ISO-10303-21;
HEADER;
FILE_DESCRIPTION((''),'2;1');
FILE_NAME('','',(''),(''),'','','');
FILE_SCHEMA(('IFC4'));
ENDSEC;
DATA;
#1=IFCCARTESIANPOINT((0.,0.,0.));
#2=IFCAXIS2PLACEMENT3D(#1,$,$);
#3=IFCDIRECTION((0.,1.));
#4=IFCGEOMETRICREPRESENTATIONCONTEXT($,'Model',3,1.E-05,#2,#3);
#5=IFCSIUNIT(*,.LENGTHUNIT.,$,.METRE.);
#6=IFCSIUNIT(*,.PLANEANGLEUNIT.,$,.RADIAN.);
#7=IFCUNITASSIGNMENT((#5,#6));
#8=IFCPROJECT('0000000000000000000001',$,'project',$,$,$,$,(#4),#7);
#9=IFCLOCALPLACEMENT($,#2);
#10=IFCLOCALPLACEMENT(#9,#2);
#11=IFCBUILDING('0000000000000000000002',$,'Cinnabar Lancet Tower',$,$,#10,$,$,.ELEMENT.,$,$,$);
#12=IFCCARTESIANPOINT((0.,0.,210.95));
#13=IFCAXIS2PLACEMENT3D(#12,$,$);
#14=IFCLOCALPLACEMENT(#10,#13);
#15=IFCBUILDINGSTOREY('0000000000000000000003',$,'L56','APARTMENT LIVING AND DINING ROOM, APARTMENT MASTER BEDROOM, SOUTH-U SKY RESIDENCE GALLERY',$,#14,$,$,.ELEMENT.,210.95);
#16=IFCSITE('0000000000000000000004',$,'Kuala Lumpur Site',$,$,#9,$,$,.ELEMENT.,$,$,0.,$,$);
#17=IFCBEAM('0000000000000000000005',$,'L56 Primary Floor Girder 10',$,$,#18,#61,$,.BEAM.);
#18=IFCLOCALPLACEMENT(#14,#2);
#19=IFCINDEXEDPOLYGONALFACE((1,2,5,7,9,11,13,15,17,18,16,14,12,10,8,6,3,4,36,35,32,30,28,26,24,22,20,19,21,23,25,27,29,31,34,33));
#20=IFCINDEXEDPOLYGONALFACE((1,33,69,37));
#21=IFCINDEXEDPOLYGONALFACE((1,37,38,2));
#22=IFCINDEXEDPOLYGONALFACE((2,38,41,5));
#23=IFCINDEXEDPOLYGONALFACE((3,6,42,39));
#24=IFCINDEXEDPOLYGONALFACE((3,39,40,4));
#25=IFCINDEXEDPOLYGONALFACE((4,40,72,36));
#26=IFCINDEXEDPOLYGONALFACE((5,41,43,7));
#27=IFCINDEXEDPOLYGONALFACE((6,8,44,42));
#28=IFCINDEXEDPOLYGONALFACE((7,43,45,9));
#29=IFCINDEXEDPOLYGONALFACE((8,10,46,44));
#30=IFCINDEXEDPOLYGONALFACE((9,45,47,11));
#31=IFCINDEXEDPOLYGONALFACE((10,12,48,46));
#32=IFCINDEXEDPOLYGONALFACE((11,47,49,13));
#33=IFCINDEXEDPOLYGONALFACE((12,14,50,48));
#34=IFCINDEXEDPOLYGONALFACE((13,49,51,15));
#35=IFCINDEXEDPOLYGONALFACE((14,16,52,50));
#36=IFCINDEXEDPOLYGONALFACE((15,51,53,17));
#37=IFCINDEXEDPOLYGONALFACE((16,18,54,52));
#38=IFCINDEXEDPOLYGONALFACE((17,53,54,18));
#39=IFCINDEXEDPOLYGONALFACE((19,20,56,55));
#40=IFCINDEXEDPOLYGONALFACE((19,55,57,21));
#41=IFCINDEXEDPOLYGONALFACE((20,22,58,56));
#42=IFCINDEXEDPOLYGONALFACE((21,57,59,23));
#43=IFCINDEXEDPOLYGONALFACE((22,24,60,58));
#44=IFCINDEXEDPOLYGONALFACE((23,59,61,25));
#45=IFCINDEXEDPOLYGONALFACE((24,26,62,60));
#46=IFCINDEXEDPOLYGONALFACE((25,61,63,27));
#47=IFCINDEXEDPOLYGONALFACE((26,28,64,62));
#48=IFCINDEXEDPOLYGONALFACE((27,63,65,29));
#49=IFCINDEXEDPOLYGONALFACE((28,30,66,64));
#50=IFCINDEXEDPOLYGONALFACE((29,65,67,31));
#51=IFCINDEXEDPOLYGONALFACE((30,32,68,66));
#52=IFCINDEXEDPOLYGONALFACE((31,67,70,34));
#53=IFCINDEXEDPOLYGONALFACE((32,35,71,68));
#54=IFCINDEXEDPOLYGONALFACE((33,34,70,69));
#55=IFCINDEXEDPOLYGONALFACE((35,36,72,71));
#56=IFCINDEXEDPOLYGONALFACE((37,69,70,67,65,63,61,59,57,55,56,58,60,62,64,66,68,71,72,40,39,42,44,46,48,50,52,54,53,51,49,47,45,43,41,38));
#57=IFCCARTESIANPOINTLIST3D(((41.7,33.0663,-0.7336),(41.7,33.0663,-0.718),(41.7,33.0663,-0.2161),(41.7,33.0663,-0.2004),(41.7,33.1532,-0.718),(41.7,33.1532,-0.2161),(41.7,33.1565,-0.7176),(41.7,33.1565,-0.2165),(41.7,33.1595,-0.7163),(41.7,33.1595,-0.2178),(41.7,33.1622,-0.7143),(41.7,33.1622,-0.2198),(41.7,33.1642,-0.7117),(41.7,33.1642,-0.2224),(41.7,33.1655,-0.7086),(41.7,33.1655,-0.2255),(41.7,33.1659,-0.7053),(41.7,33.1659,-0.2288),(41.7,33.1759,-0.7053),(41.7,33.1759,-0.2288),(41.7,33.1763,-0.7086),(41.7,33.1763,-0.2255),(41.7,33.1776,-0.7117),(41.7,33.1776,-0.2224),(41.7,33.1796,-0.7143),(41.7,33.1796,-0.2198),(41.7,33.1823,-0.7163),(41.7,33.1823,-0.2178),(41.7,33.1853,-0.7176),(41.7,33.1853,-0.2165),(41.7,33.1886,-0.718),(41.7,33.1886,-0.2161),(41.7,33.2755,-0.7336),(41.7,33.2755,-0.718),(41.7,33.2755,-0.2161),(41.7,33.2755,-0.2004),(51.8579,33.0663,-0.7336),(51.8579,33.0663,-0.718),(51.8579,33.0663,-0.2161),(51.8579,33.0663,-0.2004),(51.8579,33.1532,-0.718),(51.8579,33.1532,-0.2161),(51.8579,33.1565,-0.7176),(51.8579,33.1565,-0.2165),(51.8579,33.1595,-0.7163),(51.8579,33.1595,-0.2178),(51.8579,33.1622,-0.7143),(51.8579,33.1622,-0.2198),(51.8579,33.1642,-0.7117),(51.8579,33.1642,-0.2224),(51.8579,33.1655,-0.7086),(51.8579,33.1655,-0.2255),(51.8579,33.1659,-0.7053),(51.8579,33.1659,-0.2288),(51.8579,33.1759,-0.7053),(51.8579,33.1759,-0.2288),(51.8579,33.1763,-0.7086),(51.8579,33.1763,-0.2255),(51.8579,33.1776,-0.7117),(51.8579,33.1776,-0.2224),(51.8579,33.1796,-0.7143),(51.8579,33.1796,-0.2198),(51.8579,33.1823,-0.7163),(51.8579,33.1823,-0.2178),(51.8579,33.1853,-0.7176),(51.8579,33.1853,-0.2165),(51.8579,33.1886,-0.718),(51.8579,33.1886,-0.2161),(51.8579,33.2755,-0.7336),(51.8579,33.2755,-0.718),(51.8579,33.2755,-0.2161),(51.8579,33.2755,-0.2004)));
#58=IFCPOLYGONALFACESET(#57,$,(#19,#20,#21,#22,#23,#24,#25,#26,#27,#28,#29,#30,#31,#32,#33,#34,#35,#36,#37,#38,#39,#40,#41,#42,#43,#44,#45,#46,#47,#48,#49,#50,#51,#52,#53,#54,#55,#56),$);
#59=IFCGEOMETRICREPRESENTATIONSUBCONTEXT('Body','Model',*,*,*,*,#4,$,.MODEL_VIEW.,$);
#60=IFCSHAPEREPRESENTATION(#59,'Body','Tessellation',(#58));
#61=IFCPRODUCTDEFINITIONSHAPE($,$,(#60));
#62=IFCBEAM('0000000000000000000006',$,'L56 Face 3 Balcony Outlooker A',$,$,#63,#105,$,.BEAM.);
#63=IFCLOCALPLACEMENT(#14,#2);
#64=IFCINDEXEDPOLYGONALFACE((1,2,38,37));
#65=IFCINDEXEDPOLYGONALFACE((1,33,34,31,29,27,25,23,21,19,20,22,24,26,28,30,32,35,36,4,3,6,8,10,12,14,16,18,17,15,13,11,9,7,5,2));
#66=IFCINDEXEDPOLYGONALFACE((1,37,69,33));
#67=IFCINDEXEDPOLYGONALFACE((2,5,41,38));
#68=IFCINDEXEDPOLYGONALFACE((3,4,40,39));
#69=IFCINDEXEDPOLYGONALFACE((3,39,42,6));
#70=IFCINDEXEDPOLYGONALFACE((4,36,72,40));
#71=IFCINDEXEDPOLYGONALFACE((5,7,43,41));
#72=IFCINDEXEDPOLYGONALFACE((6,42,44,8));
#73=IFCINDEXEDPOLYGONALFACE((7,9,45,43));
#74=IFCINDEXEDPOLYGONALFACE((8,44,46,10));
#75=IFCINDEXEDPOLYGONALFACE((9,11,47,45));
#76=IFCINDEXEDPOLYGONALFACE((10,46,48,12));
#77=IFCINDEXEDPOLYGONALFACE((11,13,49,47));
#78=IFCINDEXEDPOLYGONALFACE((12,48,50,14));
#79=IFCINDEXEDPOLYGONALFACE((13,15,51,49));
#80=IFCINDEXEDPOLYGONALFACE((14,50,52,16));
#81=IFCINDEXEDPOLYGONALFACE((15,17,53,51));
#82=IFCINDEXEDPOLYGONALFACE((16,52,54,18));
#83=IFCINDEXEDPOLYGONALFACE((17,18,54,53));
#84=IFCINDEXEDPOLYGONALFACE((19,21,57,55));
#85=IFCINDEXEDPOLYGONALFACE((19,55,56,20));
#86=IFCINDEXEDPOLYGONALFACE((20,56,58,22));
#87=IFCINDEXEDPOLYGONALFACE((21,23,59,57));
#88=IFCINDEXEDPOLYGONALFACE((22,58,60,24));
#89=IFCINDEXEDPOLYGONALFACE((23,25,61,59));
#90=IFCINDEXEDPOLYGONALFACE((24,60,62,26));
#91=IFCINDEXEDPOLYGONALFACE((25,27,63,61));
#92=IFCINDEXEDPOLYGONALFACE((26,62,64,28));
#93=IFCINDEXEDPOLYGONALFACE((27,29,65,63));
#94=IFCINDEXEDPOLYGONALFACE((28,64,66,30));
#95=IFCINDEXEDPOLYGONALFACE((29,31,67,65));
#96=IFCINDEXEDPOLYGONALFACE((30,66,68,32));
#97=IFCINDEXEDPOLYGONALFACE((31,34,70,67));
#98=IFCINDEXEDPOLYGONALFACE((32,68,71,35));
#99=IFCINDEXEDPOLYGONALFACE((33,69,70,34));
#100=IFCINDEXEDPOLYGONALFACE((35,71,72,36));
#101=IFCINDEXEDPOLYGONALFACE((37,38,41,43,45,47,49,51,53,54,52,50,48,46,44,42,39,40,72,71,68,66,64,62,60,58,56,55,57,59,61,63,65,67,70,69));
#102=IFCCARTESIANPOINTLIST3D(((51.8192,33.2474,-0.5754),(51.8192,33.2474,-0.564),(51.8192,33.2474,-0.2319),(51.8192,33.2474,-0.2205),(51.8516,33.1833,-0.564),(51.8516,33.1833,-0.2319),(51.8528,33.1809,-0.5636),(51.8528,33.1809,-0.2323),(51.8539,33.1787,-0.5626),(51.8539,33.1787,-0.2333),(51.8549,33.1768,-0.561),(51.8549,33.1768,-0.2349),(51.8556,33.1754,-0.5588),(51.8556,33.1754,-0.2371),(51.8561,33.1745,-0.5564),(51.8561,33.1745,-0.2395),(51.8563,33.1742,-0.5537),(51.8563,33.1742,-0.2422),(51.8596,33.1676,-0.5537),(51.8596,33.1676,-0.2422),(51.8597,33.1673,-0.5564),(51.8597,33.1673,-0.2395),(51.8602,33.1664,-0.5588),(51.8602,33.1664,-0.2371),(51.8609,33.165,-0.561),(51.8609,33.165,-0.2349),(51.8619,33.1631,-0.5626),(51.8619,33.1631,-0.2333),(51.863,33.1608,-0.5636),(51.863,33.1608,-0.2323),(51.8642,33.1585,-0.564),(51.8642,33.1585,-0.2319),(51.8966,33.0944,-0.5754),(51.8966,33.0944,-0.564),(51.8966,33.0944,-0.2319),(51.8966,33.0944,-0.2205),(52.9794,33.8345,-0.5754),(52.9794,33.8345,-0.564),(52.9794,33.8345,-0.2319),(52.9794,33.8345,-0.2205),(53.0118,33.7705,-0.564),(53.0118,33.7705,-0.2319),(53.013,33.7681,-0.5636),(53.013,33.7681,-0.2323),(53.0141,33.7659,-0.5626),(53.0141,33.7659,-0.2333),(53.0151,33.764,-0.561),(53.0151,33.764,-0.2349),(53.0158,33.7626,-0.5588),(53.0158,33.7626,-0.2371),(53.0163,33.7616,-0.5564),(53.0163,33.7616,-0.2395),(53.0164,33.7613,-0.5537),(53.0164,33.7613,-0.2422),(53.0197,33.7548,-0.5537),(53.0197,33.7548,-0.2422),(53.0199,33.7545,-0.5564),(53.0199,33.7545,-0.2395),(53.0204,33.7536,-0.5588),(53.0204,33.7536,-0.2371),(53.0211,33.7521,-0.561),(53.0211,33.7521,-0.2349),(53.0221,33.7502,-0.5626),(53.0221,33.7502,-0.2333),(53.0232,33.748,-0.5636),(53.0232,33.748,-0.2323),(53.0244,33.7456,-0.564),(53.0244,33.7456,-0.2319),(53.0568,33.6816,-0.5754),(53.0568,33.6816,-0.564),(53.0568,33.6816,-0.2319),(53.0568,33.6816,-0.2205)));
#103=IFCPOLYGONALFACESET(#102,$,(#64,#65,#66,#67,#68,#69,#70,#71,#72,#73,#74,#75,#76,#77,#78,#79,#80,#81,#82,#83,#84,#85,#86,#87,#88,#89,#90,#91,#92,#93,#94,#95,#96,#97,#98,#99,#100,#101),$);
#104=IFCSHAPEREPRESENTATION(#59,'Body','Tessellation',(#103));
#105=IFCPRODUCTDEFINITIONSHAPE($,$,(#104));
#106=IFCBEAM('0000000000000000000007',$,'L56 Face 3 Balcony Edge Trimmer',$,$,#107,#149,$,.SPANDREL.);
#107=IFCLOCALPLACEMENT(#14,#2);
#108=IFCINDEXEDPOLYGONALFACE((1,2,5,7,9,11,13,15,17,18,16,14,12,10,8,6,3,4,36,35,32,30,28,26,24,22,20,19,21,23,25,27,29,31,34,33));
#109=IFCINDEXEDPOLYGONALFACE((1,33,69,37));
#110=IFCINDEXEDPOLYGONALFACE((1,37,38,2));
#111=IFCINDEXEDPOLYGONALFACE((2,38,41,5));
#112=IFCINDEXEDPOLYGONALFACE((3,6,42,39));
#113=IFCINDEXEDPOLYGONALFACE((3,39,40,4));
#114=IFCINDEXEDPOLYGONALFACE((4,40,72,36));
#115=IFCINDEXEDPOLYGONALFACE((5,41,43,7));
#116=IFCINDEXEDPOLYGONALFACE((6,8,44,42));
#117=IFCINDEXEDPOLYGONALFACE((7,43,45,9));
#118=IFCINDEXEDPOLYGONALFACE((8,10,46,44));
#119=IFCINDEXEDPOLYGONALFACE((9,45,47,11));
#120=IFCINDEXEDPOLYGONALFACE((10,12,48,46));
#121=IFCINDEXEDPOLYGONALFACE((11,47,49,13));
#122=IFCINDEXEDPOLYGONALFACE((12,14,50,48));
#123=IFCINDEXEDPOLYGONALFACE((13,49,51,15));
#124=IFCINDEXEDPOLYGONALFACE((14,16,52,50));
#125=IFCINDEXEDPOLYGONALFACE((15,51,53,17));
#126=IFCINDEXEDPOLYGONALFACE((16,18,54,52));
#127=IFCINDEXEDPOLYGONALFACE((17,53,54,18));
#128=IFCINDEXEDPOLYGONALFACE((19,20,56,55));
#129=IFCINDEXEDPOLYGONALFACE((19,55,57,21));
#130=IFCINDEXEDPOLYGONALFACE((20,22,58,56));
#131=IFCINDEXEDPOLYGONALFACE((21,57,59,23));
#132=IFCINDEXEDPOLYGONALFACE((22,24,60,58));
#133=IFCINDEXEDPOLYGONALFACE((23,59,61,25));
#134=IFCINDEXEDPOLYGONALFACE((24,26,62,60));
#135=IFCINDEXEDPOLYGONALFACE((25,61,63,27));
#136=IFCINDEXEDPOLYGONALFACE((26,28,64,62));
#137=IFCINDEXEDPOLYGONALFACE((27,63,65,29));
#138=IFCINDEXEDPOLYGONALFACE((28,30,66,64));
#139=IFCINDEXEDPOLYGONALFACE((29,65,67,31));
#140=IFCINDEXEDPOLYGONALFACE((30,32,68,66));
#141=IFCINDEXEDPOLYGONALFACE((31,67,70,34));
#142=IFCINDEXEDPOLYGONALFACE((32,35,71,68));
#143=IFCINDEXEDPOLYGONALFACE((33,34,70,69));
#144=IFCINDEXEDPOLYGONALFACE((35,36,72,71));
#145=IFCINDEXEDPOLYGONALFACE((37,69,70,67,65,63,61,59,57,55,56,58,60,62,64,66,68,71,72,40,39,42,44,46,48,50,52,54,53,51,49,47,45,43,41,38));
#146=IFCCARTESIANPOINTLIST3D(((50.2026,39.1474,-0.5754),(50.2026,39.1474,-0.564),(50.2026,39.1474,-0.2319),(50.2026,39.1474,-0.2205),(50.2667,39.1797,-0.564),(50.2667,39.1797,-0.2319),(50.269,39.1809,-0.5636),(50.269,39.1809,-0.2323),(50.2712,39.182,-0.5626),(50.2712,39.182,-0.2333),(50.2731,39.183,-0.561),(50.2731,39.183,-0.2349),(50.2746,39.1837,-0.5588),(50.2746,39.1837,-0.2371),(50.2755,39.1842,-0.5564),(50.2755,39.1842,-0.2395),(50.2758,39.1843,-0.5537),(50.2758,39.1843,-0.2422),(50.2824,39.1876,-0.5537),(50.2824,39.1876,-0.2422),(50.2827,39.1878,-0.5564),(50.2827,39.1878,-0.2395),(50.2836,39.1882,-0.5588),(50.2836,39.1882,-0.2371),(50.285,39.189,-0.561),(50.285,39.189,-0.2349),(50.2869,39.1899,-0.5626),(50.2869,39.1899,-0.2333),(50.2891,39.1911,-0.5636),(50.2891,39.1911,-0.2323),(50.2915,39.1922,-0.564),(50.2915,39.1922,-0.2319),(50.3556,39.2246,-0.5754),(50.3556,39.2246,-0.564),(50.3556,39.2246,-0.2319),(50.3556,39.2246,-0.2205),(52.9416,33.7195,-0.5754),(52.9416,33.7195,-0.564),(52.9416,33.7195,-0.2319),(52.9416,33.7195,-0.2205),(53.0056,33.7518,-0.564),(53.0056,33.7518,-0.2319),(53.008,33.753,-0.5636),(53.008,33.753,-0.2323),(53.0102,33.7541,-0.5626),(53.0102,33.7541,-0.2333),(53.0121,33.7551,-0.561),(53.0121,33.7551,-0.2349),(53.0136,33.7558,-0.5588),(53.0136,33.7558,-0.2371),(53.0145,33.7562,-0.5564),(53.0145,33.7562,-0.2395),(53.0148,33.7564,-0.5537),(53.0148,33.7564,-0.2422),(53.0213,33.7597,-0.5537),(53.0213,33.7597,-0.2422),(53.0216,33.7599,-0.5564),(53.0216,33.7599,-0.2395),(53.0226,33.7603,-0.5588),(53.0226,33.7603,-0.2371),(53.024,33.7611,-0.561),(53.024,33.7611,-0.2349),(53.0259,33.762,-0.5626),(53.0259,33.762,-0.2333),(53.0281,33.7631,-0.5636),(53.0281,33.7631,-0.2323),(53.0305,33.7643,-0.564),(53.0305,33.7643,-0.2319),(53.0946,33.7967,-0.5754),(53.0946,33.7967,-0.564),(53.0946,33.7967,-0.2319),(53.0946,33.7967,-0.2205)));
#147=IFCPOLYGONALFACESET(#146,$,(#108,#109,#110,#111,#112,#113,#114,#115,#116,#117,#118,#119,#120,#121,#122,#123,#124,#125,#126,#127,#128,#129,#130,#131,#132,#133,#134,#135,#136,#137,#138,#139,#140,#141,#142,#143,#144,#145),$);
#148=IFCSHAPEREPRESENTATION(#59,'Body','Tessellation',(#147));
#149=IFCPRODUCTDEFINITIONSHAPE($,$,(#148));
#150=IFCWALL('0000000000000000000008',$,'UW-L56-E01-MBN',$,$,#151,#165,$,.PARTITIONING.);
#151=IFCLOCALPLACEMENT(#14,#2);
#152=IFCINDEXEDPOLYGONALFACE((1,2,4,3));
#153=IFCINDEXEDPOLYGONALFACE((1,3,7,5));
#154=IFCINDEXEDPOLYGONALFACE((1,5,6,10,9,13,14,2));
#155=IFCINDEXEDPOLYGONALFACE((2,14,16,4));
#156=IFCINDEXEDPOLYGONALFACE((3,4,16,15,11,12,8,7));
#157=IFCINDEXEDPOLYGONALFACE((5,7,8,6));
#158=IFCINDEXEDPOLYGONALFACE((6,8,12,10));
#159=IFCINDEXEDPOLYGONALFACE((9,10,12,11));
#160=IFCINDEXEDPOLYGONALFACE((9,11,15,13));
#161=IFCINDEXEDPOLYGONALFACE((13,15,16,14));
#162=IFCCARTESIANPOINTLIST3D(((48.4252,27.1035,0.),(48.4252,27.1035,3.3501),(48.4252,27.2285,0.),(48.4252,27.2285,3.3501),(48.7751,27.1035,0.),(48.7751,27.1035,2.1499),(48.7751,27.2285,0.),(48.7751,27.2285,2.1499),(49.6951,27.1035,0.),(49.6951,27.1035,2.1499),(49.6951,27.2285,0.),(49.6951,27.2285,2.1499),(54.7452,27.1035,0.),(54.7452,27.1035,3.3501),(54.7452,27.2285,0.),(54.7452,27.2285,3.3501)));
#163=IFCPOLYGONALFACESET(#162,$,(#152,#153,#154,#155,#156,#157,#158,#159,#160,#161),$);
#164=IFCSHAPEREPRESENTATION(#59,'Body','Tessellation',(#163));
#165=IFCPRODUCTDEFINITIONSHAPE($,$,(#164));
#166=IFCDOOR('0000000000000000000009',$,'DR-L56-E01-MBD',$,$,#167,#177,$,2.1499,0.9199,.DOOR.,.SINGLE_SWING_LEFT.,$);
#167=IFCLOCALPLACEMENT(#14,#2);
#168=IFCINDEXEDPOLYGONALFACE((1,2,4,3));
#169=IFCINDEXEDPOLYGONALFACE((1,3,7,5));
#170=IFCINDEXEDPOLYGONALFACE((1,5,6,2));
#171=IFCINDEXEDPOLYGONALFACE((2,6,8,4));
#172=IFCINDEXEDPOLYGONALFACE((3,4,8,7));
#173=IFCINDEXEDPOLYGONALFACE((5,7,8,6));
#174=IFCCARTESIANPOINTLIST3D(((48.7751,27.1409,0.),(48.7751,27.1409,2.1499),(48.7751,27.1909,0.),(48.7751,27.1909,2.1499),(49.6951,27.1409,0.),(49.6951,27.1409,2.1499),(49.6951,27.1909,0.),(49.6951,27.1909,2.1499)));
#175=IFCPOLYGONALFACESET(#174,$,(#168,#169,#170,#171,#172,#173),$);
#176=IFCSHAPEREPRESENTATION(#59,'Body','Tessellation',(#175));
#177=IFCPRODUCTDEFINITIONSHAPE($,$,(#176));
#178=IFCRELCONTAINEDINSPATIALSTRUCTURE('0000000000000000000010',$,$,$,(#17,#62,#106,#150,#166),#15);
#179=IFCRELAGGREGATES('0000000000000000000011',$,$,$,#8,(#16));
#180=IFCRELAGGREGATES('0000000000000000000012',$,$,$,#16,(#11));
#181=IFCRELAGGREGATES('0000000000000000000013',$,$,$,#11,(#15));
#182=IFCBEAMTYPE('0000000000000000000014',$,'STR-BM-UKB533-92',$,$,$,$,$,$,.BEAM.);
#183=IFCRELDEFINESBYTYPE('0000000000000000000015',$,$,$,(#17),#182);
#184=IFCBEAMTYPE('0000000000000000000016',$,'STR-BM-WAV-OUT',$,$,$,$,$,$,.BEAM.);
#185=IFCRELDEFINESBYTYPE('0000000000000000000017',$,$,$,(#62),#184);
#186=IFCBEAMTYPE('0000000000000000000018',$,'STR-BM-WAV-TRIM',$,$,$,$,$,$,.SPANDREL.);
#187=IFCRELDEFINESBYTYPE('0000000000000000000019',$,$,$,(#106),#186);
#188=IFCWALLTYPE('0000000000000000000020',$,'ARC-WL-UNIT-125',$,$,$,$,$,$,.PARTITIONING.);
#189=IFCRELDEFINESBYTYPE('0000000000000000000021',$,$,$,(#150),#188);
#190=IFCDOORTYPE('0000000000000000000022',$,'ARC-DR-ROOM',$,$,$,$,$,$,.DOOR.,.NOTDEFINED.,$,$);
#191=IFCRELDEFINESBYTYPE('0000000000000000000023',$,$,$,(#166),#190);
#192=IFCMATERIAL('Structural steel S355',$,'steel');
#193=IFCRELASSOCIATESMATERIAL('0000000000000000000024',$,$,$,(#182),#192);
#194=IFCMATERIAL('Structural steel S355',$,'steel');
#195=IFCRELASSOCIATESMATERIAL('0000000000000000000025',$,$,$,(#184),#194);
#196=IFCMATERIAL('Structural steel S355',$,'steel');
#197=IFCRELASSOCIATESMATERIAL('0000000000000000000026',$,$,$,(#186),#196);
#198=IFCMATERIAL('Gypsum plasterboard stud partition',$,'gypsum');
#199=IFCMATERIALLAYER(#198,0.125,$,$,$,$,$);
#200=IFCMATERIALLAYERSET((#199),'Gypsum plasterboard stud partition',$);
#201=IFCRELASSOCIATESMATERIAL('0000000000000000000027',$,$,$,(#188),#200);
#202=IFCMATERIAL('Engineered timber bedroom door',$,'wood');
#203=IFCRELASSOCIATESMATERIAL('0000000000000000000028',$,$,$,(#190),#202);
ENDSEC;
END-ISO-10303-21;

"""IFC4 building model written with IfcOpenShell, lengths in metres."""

from ifc_helpers import new_model, si_unit, direction, frame, frame_2d, origin, origin_2d, place, context, subcontext, project, spatial, rectangle, i_section, extrude, material, layer, layer_set, material_profile, profile_set, type_object, element, fill, save


model = new_model("IFC4")

# Units and contexts
model_context = context("Model", 3, precision=1e-05, world=origin(), true_north=direction((0.0, 1.0)))
body_context = subcontext(model_context, "Body", "Model", "MODEL_VIEW")
ifc_project = project(units=[si_unit("LENGTHUNIT", "METRE"), si_unit("PLANEANGLEUNIT", "RADIAN")], contexts=[model_context])

# Site, building, storey
site_placement = place(None, origin())
site = spatial("IfcSite", under=ifc_project, at=site_placement, Name="Kuala Lumpur Site", CompositionType="ELEMENT", RefElevation=0.0)
building_placement = place(site_placement, origin())
building = spatial("IfcBuilding", under=site, at=building_placement, Name="Cinnabar Lancet Tower", CompositionType="ELEMENT")
storey_placement = place(building_placement, frame((0.0, 0.0, 210.95)))
storey = spatial("IfcBuildingStorey", under=building, at=storey_placement, Name="L56", Description="APARTMENT LIVING AND DINING ROOM, APARTMENT MASTER BEDROOM, SOUTH-U SKY RESIDENCE GALLERY", CompositionType="ELEMENT", Elevation=210.95)

# Beams
ifc_material_1 = material(Name="Structural steel S355", Category="steel")
ifc_material_profile_1 = material_profile(ifc_material_1, i_section(OverallWidth=0.2092, OverallDepth=0.5332, WebThickness=0.01, FlangeThickness=0.0156, FilletRadius=0.0127, at=origin_2d()), Name="UKB 533x210x92")
ifc_profile_set_1 = profile_set([ifc_material_profile_1], Name="Structural steel S355")
beam_type_1 = type_object("IfcBeamType", Name="STR-BM-UKB533-92", PredefinedType="BEAM", material=ifc_profile_set_1)
beam_1_placement = place(storey_placement, frame((51.8579, 33.1709, -0.467), z_axis=(-1.0, 0.0, 0.0), x_axis=(0.0, -1.0, 0.0)))
element("IfcBeam", 1, at=beam_1_placement, inside=storey, type_object=beam_type_1, Name="L56 Primary Floor Girder 10", PredefinedType="BEAM", context=body_context, shape_type="SweptSolid", body=[
    extrude(i_section(OverallWidth=0.2092, OverallDepth=0.5332, WebThickness=0.01, FlangeThickness=0.0156, FilletRadius=0.0127, at=origin_2d()), origin(), (0.0, 0.0, 1.0), 10.158),
])
ifc_material_2 = material(Name="Structural steel S355", Category="steel")
ifc_material_profile_2 = material_profile(ifc_material_2, i_section(OverallWidth=0.1714, OverallDepth=0.355, WebThickness=0.0073, FlangeThickness=0.0115, FilletRadius=0.0103, at=origin_2d()), Name="UKB 356x171x51")
ifc_profile_set_2 = profile_set([ifc_material_profile_2], Name="Structural steel S355")
beam_type_2 = type_object("IfcBeamType", Name="STR-BM-WAV-OUT", PredefinedType="BEAM", material=ifc_profile_set_2)
beam_2_placement = place(storey_placement, frame((51.8579, 33.1709, -0.3979), z_axis=(0.892239, 0.451564, 0.0), x_axis=(-0.451564, 0.892239, 0.0)))
element("IfcBeam", 2, at=beam_2_placement, inside=storey, type_object=beam_type_2, Name="L56 Face 3 Balcony Outlooker A", PredefinedType="BEAM", context=body_context, shape_type="SweptSolid", body=[
    extrude(i_section(OverallWidth=0.1714, OverallDepth=0.355, WebThickness=0.0073, FlangeThickness=0.0115, FilletRadius=0.0103, at=origin_2d()), origin(), (0.0, 0.0, 1.0), 1.3003),
])
ifc_material_3 = material(Name="Structural steel S355", Category="steel")
ifc_material_profile_3 = material_profile(ifc_material_3, i_section(OverallWidth=0.1714, OverallDepth=0.355, WebThickness=0.0073, FlangeThickness=0.0115, FilletRadius=0.0103, at=origin_2d()), Name="UKB 356x171x51")
ifc_profile_set_3 = profile_set([ifc_material_profile_3], Name="Structural steel S355")
beam_type_3 = type_object("IfcBeamType", Name="STR-BM-WAV-TRIM", PredefinedType="SPANDREL", material=ifc_profile_set_3)
beam_3_placement = place(storey_placement, frame((53.0181, 33.7581, -0.3979), z_axis=(-0.450503, 0.892775, 0.0), x_axis=(-0.892775, -0.450503, 0.0)))
element("IfcBeam", 3, at=beam_3_placement, inside=storey, type_object=beam_type_3, Name="L56 Face 3 Balcony Edge Trimmer", PredefinedType="SPANDREL", context=body_context, shape_type="SweptSolid", body=[
    extrude(i_section(OverallWidth=0.1714, OverallDepth=0.355, WebThickness=0.0073, FlangeThickness=0.0115, FilletRadius=0.0103, at=origin_2d()), origin(), (0.0, 0.0, 1.0), 6.0798),
])

# Wall, opening, door
ifc_material_4 = material(Name="Gypsum plasterboard stud partition", Category="gypsum")
ifc_layer_1 = layer(ifc_material_4, 0.125)
ifc_layer_set_1 = layer_set([ifc_layer_1], Name="Gypsum plasterboard stud partition")
wall_type_1 = type_object("IfcWallType", Name="ARC-WL-UNIT-125", PredefinedType="PARTITIONING", material=ifc_layer_set_1)
wall_1_placement = place(storey_placement, frame((48.425, 27.166, 0.0), z_axis=(0.0, 0.0, 1.0), x_axis=(1.0, 0.0, 0.0)))
wall_1 = element("IfcWall", 4, at=wall_1_placement, inside=storey, type_object=wall_type_1, Name="UW-L56-E01-MBN", PredefinedType="PARTITIONING", context=body_context, shape_type="SweptSolid", body=[
    extrude(rectangle(XDim=6.3201, YDim=0.125, at=frame_2d((3.1602, 0.0))), origin(), (0.0, 0.0, 1.0), 3.3501),
])
opening_1_placement = place(wall_1_placement, frame((0.3501, 0.0, 0.0)))
opening_1 = element("IfcOpeningElement", 5, at=opening_1_placement, cuts=wall_1, PredefinedType="OPENING", context=body_context, shape_type="SweptSolid", body=[
    extrude(rectangle(XDim=0.9199, YDim=2.1499, at=frame_2d((0.46, 1.075))), frame((0.0, 0.0725, 0.0), z_axis=(0.0, -1.0, 0.0), x_axis=(1.0, 0.0, 0.0)), (0.0, 0.0, 1.0), 0.145),
])
ifc_material_5 = material(Name="Engineered timber bedroom door", Category="wood")
door_type_1 = type_object("IfcDoorType", Name="ARC-DR-ROOM", OperationType="NOTDEFINED", PredefinedType="DOOR", material=ifc_material_5)
door_1_placement = place(opening_1_placement, origin())
door_1 = element("IfcDoor", 6, at=door_1_placement, inside=storey, type_object=door_type_1, Name="DR-L56-E01-MBD", OperationType="SINGLE_SWING_LEFT", OverallHeight=2.1499, OverallWidth=0.9199, PredefinedType="DOOR", context=body_context, shape_type="SweptSolid", body=[
    extrude(rectangle(XDim=0.9199, YDim=2.1499, at=frame_2d((0.46, 1.075))), frame((0.0, 0.0249, 0.0), z_axis=(0.0, -1.0, 0.0), x_axis=(1.0, 0.0, 0.0)), (0.0, 0.0, 1.0), 0.05),
])
fill(opening_1, door_1)

save(model, "model.ifc")
